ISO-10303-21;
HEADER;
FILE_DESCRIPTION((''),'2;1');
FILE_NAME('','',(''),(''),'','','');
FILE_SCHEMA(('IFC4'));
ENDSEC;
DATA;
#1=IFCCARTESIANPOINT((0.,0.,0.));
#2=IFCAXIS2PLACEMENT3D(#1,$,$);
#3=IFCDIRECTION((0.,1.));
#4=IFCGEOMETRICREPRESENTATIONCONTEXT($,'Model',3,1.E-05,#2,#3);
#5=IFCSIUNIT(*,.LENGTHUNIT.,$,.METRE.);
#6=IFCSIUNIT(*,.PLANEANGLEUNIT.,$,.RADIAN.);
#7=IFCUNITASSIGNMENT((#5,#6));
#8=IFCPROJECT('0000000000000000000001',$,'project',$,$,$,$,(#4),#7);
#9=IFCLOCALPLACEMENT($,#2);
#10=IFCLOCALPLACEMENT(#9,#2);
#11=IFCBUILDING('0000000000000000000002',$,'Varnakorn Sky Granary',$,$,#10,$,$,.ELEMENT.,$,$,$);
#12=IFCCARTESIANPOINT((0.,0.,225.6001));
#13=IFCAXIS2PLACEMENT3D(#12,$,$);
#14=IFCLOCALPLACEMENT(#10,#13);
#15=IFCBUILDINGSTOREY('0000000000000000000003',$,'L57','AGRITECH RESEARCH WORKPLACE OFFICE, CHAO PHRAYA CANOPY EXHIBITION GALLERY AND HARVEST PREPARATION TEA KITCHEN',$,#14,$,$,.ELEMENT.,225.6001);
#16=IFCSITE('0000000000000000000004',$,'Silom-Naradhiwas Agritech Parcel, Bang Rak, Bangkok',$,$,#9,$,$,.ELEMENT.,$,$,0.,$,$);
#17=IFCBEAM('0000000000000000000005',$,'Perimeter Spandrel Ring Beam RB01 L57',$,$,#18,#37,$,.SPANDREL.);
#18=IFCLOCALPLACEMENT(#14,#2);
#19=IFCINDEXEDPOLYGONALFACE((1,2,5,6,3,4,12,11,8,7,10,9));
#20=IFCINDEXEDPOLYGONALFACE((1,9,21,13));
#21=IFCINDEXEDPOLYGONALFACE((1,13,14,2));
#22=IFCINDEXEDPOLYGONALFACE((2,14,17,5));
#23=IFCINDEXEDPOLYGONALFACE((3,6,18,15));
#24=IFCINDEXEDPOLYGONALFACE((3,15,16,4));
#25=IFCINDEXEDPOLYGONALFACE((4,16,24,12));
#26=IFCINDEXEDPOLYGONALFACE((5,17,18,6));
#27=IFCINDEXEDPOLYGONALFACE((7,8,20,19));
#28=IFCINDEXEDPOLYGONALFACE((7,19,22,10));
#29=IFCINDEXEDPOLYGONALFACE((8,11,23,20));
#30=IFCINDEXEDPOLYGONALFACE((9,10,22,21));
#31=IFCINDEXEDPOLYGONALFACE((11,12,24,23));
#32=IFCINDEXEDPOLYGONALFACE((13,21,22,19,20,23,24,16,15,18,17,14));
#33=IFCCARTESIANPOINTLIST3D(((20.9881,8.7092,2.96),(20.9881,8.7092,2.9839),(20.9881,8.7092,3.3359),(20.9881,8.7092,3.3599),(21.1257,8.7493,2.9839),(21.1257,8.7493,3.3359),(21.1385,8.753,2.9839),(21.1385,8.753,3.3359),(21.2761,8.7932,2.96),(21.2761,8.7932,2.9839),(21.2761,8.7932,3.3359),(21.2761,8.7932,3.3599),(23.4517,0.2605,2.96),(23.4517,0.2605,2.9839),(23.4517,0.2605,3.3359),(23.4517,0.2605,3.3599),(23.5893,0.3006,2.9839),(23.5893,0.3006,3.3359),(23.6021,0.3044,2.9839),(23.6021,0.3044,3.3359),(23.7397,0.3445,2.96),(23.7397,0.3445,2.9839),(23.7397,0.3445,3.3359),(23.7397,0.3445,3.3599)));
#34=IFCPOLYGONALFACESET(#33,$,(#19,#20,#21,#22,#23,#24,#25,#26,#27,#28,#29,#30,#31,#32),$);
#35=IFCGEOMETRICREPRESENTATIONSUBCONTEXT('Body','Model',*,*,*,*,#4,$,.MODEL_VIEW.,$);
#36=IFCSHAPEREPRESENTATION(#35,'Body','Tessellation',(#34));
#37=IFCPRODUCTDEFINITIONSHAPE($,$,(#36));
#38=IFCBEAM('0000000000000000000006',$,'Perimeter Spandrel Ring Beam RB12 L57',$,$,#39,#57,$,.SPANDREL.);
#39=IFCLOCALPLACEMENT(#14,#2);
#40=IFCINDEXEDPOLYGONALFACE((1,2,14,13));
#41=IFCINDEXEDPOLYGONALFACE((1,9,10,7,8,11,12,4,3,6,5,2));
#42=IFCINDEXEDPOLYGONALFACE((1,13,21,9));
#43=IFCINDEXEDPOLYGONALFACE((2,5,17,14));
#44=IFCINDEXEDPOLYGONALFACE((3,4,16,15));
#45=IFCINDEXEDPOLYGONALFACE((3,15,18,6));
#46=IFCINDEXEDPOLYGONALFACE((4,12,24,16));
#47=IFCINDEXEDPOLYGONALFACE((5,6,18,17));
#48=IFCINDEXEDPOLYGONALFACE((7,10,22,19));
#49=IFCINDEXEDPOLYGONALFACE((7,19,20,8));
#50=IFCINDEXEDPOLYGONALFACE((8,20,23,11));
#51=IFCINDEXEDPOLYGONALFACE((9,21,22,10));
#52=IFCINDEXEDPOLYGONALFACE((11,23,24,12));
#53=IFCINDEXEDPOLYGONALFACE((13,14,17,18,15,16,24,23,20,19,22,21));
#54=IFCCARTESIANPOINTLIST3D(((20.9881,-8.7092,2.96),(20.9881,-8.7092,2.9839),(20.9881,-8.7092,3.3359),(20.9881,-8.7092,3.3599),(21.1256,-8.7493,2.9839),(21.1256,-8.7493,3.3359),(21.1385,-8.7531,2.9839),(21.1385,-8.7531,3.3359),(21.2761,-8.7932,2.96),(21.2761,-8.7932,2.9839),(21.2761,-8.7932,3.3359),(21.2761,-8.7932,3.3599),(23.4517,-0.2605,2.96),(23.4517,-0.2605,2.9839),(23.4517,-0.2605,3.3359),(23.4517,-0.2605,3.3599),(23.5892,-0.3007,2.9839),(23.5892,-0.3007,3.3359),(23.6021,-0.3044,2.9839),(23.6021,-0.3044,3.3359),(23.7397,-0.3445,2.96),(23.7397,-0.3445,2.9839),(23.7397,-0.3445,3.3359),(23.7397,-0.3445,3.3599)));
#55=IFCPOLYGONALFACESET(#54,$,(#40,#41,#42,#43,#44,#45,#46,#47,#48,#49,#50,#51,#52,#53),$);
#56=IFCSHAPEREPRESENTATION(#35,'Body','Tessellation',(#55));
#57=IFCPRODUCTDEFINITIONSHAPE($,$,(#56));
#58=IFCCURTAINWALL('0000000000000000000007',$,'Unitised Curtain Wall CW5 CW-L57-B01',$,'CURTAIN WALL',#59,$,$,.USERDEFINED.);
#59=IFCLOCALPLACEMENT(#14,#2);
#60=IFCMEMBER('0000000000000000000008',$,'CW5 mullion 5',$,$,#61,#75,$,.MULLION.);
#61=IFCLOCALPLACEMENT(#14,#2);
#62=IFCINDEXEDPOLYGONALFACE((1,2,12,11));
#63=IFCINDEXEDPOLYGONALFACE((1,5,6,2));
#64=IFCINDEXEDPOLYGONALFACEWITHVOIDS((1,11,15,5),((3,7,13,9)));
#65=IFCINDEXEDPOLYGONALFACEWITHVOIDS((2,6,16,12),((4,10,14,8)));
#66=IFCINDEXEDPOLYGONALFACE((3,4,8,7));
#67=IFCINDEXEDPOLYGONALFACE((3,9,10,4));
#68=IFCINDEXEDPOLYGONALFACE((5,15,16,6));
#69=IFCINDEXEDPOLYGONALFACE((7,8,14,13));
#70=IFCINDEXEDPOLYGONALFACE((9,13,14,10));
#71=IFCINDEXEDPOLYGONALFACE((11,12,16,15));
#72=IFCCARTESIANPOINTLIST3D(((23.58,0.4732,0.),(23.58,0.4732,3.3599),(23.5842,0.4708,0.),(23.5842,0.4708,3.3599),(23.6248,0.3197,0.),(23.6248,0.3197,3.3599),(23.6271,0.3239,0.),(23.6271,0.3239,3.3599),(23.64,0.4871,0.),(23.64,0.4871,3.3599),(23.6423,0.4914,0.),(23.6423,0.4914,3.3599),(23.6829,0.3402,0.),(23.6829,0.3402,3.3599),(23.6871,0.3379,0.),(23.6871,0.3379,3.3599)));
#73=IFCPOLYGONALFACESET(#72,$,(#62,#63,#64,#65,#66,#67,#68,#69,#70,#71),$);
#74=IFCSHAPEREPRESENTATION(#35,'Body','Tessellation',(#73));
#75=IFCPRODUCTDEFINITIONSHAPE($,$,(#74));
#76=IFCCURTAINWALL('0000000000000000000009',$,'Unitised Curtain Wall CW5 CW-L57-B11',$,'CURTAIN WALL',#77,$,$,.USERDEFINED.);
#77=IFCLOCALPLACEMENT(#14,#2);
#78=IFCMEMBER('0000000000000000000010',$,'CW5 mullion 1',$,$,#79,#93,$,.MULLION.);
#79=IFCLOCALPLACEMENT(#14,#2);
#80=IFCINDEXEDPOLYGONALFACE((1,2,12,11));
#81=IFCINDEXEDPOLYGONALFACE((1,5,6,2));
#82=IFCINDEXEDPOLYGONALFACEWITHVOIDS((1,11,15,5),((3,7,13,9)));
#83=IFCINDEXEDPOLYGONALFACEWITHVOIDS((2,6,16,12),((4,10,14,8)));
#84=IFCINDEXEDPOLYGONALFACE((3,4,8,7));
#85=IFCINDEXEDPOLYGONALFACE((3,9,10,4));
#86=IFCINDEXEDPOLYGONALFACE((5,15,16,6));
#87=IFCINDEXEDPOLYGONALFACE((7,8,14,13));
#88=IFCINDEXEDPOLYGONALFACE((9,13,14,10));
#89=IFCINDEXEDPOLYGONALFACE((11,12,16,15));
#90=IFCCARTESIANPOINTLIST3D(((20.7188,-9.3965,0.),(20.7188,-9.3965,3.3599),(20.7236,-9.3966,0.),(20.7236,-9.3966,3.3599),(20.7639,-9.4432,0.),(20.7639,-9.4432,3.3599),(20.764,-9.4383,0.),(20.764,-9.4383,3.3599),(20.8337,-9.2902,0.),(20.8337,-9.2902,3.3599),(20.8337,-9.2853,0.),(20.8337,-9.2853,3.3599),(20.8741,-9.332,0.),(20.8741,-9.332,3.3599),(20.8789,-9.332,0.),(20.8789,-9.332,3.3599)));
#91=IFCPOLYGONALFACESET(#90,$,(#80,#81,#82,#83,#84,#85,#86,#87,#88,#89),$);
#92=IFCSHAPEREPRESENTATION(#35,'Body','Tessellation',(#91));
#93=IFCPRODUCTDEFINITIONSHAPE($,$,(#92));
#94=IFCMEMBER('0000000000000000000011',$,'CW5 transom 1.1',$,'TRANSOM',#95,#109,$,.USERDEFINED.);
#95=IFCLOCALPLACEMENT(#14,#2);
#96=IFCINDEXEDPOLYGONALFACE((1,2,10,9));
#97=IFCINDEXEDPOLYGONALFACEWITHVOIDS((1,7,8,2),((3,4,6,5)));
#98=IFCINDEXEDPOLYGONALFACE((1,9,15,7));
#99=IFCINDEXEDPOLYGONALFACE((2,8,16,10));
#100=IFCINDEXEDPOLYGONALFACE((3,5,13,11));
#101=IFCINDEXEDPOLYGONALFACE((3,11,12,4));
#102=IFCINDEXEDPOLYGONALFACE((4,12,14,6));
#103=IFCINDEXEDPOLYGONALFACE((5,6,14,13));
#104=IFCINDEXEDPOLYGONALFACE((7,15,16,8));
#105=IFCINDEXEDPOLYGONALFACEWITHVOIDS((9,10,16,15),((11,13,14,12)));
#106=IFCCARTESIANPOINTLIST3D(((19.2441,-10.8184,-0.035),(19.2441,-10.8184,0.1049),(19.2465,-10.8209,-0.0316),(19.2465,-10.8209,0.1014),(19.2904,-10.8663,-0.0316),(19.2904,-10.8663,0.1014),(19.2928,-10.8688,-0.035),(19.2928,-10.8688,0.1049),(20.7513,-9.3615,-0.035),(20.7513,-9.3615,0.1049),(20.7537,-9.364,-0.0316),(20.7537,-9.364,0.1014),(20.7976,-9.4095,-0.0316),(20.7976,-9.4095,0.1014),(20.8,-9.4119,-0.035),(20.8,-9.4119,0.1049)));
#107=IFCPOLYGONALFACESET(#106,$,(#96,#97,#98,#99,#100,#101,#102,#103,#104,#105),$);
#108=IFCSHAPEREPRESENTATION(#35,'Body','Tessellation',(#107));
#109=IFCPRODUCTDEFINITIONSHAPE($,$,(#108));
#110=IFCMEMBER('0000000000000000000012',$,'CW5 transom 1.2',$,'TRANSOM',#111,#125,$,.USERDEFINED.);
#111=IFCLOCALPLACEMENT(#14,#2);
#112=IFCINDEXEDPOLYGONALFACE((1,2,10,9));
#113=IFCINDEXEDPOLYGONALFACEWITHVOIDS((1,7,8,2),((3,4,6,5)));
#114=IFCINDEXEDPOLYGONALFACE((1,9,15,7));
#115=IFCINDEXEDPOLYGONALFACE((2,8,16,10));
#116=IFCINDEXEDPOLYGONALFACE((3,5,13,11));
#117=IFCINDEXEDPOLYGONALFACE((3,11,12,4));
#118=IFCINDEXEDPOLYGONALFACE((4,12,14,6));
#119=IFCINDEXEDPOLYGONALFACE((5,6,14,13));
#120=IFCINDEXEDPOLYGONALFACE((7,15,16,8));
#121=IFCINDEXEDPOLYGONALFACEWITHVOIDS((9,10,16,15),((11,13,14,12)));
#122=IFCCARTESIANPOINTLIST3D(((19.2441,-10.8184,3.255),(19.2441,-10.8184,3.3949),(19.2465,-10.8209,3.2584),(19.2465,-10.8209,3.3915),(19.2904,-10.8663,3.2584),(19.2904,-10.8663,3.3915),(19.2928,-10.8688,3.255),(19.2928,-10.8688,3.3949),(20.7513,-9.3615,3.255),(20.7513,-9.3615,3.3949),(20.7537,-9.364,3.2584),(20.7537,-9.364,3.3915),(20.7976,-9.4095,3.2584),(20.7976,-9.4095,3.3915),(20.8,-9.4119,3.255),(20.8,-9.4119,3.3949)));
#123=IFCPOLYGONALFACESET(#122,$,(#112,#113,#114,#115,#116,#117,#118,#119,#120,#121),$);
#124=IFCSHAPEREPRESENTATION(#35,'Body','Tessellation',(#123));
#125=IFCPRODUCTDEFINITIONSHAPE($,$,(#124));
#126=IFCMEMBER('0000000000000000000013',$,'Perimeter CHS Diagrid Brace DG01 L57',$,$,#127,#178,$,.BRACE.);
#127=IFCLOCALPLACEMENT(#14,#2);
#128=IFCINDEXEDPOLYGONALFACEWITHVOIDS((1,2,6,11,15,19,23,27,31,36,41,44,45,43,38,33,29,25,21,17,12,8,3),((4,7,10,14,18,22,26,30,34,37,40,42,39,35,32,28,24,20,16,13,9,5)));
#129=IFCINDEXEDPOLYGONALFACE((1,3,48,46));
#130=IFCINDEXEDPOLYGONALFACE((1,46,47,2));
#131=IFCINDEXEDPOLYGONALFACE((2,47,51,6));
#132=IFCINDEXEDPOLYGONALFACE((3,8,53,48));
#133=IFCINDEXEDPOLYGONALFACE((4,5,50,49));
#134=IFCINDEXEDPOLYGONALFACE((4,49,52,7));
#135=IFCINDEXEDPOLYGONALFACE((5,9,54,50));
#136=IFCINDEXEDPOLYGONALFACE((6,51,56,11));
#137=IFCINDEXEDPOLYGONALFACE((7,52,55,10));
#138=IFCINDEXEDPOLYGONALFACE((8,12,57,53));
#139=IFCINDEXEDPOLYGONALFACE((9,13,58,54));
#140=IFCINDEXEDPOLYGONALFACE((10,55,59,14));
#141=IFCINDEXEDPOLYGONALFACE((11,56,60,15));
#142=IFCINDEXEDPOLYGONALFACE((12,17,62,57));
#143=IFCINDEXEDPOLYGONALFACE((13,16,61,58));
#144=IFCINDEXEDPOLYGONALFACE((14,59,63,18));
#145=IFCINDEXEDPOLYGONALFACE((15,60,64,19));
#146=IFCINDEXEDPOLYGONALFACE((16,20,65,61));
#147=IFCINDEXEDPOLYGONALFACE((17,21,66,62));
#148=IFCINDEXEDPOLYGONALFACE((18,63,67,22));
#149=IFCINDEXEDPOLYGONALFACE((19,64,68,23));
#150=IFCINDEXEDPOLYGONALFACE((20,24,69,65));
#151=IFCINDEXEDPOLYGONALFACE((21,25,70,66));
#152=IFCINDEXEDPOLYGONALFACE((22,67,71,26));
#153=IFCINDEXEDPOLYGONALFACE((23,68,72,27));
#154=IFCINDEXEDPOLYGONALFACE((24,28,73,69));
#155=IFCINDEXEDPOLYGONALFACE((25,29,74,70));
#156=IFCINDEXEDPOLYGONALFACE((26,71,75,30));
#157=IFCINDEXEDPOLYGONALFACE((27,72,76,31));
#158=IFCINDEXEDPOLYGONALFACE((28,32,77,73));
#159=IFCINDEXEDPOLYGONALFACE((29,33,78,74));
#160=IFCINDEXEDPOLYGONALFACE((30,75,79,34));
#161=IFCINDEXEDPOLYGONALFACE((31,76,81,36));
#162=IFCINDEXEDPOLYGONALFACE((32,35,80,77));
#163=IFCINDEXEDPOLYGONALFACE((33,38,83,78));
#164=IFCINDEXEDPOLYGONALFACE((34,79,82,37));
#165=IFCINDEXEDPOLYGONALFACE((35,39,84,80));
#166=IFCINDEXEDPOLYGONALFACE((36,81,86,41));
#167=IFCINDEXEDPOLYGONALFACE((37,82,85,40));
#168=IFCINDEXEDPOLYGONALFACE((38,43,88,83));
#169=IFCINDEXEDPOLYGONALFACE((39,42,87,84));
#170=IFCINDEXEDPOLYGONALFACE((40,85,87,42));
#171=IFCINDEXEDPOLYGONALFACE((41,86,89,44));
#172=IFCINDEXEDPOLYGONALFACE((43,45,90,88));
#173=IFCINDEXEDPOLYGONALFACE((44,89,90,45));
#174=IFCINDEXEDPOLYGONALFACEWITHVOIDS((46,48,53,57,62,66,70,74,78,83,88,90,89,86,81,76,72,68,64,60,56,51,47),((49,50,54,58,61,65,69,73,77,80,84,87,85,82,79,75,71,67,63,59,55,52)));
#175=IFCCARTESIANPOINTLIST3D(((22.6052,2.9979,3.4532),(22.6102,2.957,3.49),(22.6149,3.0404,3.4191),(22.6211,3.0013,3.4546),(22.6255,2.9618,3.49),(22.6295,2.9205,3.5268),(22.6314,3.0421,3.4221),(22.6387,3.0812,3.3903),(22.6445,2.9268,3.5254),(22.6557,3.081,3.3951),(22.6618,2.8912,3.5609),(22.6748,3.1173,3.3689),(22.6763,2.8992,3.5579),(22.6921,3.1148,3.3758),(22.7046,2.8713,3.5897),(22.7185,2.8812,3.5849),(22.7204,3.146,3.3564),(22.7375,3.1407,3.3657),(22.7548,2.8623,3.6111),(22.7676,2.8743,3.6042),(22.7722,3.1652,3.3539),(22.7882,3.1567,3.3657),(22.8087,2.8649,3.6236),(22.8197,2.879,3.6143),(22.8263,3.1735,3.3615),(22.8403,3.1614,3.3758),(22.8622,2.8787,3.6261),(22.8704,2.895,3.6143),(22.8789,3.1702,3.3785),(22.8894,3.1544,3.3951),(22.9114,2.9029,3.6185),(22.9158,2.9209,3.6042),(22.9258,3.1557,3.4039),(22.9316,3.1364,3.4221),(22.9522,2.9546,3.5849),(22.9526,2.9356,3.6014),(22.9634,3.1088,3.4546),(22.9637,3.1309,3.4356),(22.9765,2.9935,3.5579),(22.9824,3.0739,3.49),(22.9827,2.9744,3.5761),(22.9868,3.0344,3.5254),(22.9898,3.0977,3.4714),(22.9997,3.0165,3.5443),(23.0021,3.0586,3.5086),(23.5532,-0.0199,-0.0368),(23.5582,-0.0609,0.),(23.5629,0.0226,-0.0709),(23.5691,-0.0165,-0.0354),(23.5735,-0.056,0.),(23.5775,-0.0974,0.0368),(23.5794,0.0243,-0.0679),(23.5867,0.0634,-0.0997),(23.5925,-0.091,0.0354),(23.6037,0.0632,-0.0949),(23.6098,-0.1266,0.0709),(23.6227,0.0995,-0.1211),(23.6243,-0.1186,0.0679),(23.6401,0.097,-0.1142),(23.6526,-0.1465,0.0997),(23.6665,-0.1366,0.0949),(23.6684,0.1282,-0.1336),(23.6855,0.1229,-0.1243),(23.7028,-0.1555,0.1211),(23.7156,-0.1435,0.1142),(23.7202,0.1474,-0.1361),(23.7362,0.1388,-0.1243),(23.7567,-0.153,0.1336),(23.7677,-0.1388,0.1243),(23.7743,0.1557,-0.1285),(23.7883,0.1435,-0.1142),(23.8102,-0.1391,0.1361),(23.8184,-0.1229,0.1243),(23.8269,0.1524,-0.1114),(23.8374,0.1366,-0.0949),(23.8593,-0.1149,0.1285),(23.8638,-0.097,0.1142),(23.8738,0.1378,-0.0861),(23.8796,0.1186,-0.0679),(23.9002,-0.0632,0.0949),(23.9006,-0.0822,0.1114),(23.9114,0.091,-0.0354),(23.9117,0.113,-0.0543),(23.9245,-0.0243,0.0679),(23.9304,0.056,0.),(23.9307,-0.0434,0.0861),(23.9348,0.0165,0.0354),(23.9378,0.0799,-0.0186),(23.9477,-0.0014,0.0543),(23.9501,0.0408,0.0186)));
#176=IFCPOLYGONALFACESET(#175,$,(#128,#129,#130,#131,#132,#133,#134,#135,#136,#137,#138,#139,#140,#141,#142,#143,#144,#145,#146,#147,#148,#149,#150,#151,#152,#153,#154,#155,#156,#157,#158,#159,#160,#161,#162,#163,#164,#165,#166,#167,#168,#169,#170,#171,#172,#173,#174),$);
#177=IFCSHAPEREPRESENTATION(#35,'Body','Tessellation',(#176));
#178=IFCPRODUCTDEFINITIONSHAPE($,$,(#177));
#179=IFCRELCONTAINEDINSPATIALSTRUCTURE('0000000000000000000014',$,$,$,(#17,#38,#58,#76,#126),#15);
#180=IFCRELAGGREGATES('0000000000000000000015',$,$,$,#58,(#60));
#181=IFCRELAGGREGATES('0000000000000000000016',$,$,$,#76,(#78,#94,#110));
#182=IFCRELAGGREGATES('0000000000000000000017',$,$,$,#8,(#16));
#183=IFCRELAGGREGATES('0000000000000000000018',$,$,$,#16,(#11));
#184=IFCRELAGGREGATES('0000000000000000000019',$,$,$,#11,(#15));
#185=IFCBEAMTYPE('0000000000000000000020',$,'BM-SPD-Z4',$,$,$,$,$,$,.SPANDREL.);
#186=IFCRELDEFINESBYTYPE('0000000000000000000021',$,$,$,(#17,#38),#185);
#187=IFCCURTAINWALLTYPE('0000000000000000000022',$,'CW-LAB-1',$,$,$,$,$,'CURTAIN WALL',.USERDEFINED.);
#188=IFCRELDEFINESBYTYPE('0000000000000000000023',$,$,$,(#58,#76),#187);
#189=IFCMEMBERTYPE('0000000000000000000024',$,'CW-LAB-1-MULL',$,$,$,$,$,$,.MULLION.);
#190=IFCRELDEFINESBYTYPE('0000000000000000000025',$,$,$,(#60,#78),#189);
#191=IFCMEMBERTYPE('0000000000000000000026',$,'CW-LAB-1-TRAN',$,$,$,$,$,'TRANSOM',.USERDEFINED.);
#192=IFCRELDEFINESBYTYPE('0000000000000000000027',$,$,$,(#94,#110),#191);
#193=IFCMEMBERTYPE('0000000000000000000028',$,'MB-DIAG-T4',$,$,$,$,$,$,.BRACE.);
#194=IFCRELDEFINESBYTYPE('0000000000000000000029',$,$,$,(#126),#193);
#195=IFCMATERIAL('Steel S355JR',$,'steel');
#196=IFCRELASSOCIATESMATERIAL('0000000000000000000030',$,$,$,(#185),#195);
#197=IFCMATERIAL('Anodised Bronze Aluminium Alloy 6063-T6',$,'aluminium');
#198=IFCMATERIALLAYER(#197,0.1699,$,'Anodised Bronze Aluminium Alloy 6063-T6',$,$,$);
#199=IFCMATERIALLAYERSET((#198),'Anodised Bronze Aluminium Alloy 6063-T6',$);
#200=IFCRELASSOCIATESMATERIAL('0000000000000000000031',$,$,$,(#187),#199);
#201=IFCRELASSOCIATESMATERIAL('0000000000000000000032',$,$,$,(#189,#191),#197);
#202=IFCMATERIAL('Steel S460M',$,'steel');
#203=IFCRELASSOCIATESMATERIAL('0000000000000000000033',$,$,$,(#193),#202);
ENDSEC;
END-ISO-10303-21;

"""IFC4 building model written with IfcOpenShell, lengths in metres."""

from ifc_helpers import new_model, si_unit, direction, frame, origin, origin_2d, place, context, subcontext, project, spatial, hollow_rectangle, hollow_circle, i_section, extrude, material, layer, layer_set, material_profile, profile_set, type_object, element, aggregate, save


model = new_model("IFC4")

# Units and contexts
model_context = context("Model", 3, precision=1e-05, world=origin(), true_north=direction((0.0, 1.0)))
body_context = subcontext(model_context, "Body", "Model", "MODEL_VIEW")
ifc_project = project(units=[si_unit("LENGTHUNIT", "METRE"), si_unit("PLANEANGLEUNIT", "RADIAN")], contexts=[model_context])

# Site, building, storey
site_placement = place(None, origin())
site = spatial("IfcSite", under=ifc_project, at=site_placement, Name="Silom-Naradhiwas Agritech Parcel, Bang Rak, Bangkok", CompositionType="ELEMENT", RefElevation=0.0)
building_placement = place(site_placement, origin())
building = spatial("IfcBuilding", under=site, at=building_placement, Name="Varnakorn Sky Granary", CompositionType="ELEMENT")
storey_placement = place(building_placement, frame((0.0, 0.0, 225.6001)))
storey = spatial("IfcBuildingStorey", under=building, at=storey_placement, Name="L57", Description="AGRITECH RESEARCH WORKPLACE OFFICE, CHAO PHRAYA CANOPY EXHIBITION GALLERY AND HARVEST PREPARATION TEA KITCHEN", CompositionType="ELEMENT", Elevation=225.6001)

# Shared definitions
ifc_material_1 = material(Name="Steel S460M", Category="steel")

# Beams
ifc_material_2 = material(Name="Steel S355JR", Category="steel")
ifc_material_profile_1 = material_profile(ifc_material_2, i_section(OverallWidth=0.3, OverallDepth=0.3999, WebThickness=0.0134, FlangeThickness=0.0239, at=origin_2d()), Name="HE 400 B")
ifc_profile_set_1 = profile_set([ifc_material_profile_1], Name="Steel S355JR")
beam_type_1 = type_object("IfcBeamType", Name="BM-SPD-Z4", PredefinedType="SPANDREL", material=ifc_profile_set_1)
for number, where, z_axis, x_axis, name in (
    (1, (23.5957, 0.3025, 3.1599), (-0.279938, 0.960018, 0.0), (-0.960018, -0.279938, 0.0), "Perimeter Spandrel Ring Beam RB01 L57"),
    (2, (21.1321, -8.7512, 3.1599), (0.279938, 0.960018, 0.0), (-0.960018, 0.279938, 0.0), "Perimeter Spandrel Ring Beam RB12 L57"),
):
    element("IfcBeam", number, at=place(storey_placement, frame(where, z_axis=z_axis, x_axis=x_axis)), inside=storey, type_object=beam_type_1, Name=name, PredefinedType="SPANDREL", context=body_context, shape_type="SweptSolid", body=[
        extrude(i_section(OverallWidth=0.3, OverallDepth=0.3999, WebThickness=0.0134, FlangeThickness=0.0239, at=origin_2d()), origin(), (0.0, 0.0, 1.0), 8.8005),
    ])

# Curtain wall, member
ifc_material_3 = material(Name="Anodised Bronze Aluminium Alloy 6063-T6", Category="aluminium")
ifc_layer_1 = layer(ifc_material_3, 0.1699, Name="Anodised Bronze Aluminium Alloy 6063-T6")
ifc_layer_set_1 = layer_set([ifc_layer_1], Name="Anodised Bronze Aluminium Alloy 6063-T6")
curtain_wall_type = type_object("IfcCurtainWallType", Name="CW-LAB-1", ElementType="CURTAIN WALL", PredefinedType="USERDEFINED", material=ifc_layer_set_1)
curtain_wall_1_placement = place(storey_placement, origin())
curtain_wall_1 = element("IfcCurtainWall", 3, at=curtain_wall_1_placement, inside=storey, type_object=curtain_wall_type, Name="Unitised Curtain Wall CW5 CW-L57-B01", ObjectType="CURTAIN WALL", PredefinedType="USERDEFINED")
ifc_material_profile_2 = material_profile(ifc_material_3, hollow_rectangle(XDim=0.0649, YDim=0.1599, WallThickness=0.0034, at=origin_2d()), Name="ALU MULL 65x160")
ifc_profile_set_2 = profile_set([ifc_material_profile_2], Name="Anodised Bronze Aluminium Alloy 6063-T6")
member_type_1 = type_object("IfcMemberType", Name="CW-LAB-1-MULL", PredefinedType="MULLION", material=ifc_profile_set_2)
member_1_placement = place(storey_placement, frame((23.6335, 0.4055, 0.0), z_axis=(0.0, 0.0, 1.0), x_axis=(0.95989, 0.280376, 0.0)))
member_1 = element("IfcMember", 4, at=member_1_placement, type_object=member_type_1, Name="CW5 mullion 5", PredefinedType="MULLION", context=body_context, shape_type="SweptSolid", body=[
    extrude(hollow_rectangle(XDim=0.0649, YDim=0.1599, WallThickness=0.0034, at=origin_2d()), origin(), (0.0, 0.0, 1.0), 3.3599),
])
aggregate(curtain_wall_1, [member_1])

# Curtain wall, members
curtain_wall_2_placement = place(storey_placement, origin())
curtain_wall_2 = element("IfcCurtainWall", 5, at=curtain_wall_2_placement, inside=storey, type_object=curtain_wall_type, Name="Unitised Curtain Wall CW5 CW-L57-B11", ObjectType="CURTAIN WALL", PredefinedType="USERDEFINED")
member_2_placement = place(storey_placement, frame((20.7988, -9.3643, 0.0), z_axis=(0.0, 0.0, 1.0), x_axis=(0.695009, -0.719001, 0.0)))
member_2 = element("IfcMember", 6, at=member_2_placement, type_object=member_type_1, Name="CW5 mullion 1", PredefinedType="MULLION", context=body_context, shape_type="SweptSolid", body=[
    extrude(hollow_rectangle(XDim=0.0649, YDim=0.1599, WallThickness=0.0034, at=origin_2d()), origin(), (0.0, 0.0, 1.0), 3.3599),
])
ifc_material_profile_3 = material_profile(ifc_material_3, hollow_rectangle(XDim=0.0701, YDim=0.1399, WallThickness=0.0034, at=origin_2d()), Name="ALU TRAN 70x140")
ifc_profile_set_3 = profile_set([ifc_material_profile_3], Name="Anodised Bronze Aluminium Alloy 6063-T6")
member_type_2 = type_object("IfcMemberType", Name="CW-LAB-1-TRAN", ElementType="TRANSOM", PredefinedType="USERDEFINED", material=ifc_profile_set_3)
member_3_placement = place(storey_placement, frame((20.7756, -9.3867, 0.0349), z_axis=(-0.719002, -0.695008, 0.0), x_axis=(0.695008, -0.719002, 0.0)))
member_3 = element("IfcMember", 7, at=member_3_placement, type_object=member_type_2, Name="CW5 transom 1.1", ObjectType="TRANSOM", PredefinedType="USERDEFINED", context=body_context, shape_type="SweptSolid", body=[
    extrude(hollow_rectangle(XDim=0.0701, YDim=0.1399, WallThickness=0.0034, at=origin_2d()), origin(), (0.0, 0.0, 1.0), 2.0962),
])
member_4_placement = place(storey_placement, frame((20.7756, -9.3867, 3.325), z_axis=(-0.719002, -0.695008, 0.0), x_axis=(0.695008, -0.719002, 0.0)))
member_4 = element("IfcMember", 8, at=member_4_placement, type_object=member_type_2, Name="CW5 transom 1.2", ObjectType="TRANSOM", PredefinedType="USERDEFINED", context=body_context, shape_type="SweptSolid", body=[
    extrude(hollow_rectangle(XDim=0.0701, YDim=0.1399, WallThickness=0.0034, at=origin_2d()), origin(), (0.0, 0.0, 1.0), 2.0962),
])
aggregate(curtain_wall_2, [member_2, member_3, member_4])

# Member
ifc_material_profile_4 = material_profile(ifc_material_1, hollow_circle(Radius=0.2031, WallThickness=0.0161, at=origin_2d()), Name="CHS 406.4x16")
ifc_profile_set_4 = profile_set([ifc_material_profile_4], Name="Steel S460M")
member_type_3 = type_object("IfcMemberType", Name="MB-DIAG-T4", PredefinedType="BRACE", material=ifc_profile_set_4)
for number, where, z_axis, x_axis, name in (
    (9, (23.752, 0.0, 0.0), (-0.201265, 0.640699, 0.740943), (-0.954035, -0.299694, 0.0), "Perimeter CHS Diagrid Brace DG01 L57"),
):
    element("IfcMember", number, at=place(storey_placement, frame(where, z_axis=z_axis, x_axis=x_axis)), inside=storey, type_object=member_type_3, Name=name, PredefinedType="BRACE", context=body_context, shape_type="SweptSolid", body=[
        extrude(hollow_circle(Radius=0.2031, WallThickness=0.0161, at=origin_2d()), origin(), (0.0, 0.0, 1.0), 4.7102),
    ])

save(model, "model.ifc")
